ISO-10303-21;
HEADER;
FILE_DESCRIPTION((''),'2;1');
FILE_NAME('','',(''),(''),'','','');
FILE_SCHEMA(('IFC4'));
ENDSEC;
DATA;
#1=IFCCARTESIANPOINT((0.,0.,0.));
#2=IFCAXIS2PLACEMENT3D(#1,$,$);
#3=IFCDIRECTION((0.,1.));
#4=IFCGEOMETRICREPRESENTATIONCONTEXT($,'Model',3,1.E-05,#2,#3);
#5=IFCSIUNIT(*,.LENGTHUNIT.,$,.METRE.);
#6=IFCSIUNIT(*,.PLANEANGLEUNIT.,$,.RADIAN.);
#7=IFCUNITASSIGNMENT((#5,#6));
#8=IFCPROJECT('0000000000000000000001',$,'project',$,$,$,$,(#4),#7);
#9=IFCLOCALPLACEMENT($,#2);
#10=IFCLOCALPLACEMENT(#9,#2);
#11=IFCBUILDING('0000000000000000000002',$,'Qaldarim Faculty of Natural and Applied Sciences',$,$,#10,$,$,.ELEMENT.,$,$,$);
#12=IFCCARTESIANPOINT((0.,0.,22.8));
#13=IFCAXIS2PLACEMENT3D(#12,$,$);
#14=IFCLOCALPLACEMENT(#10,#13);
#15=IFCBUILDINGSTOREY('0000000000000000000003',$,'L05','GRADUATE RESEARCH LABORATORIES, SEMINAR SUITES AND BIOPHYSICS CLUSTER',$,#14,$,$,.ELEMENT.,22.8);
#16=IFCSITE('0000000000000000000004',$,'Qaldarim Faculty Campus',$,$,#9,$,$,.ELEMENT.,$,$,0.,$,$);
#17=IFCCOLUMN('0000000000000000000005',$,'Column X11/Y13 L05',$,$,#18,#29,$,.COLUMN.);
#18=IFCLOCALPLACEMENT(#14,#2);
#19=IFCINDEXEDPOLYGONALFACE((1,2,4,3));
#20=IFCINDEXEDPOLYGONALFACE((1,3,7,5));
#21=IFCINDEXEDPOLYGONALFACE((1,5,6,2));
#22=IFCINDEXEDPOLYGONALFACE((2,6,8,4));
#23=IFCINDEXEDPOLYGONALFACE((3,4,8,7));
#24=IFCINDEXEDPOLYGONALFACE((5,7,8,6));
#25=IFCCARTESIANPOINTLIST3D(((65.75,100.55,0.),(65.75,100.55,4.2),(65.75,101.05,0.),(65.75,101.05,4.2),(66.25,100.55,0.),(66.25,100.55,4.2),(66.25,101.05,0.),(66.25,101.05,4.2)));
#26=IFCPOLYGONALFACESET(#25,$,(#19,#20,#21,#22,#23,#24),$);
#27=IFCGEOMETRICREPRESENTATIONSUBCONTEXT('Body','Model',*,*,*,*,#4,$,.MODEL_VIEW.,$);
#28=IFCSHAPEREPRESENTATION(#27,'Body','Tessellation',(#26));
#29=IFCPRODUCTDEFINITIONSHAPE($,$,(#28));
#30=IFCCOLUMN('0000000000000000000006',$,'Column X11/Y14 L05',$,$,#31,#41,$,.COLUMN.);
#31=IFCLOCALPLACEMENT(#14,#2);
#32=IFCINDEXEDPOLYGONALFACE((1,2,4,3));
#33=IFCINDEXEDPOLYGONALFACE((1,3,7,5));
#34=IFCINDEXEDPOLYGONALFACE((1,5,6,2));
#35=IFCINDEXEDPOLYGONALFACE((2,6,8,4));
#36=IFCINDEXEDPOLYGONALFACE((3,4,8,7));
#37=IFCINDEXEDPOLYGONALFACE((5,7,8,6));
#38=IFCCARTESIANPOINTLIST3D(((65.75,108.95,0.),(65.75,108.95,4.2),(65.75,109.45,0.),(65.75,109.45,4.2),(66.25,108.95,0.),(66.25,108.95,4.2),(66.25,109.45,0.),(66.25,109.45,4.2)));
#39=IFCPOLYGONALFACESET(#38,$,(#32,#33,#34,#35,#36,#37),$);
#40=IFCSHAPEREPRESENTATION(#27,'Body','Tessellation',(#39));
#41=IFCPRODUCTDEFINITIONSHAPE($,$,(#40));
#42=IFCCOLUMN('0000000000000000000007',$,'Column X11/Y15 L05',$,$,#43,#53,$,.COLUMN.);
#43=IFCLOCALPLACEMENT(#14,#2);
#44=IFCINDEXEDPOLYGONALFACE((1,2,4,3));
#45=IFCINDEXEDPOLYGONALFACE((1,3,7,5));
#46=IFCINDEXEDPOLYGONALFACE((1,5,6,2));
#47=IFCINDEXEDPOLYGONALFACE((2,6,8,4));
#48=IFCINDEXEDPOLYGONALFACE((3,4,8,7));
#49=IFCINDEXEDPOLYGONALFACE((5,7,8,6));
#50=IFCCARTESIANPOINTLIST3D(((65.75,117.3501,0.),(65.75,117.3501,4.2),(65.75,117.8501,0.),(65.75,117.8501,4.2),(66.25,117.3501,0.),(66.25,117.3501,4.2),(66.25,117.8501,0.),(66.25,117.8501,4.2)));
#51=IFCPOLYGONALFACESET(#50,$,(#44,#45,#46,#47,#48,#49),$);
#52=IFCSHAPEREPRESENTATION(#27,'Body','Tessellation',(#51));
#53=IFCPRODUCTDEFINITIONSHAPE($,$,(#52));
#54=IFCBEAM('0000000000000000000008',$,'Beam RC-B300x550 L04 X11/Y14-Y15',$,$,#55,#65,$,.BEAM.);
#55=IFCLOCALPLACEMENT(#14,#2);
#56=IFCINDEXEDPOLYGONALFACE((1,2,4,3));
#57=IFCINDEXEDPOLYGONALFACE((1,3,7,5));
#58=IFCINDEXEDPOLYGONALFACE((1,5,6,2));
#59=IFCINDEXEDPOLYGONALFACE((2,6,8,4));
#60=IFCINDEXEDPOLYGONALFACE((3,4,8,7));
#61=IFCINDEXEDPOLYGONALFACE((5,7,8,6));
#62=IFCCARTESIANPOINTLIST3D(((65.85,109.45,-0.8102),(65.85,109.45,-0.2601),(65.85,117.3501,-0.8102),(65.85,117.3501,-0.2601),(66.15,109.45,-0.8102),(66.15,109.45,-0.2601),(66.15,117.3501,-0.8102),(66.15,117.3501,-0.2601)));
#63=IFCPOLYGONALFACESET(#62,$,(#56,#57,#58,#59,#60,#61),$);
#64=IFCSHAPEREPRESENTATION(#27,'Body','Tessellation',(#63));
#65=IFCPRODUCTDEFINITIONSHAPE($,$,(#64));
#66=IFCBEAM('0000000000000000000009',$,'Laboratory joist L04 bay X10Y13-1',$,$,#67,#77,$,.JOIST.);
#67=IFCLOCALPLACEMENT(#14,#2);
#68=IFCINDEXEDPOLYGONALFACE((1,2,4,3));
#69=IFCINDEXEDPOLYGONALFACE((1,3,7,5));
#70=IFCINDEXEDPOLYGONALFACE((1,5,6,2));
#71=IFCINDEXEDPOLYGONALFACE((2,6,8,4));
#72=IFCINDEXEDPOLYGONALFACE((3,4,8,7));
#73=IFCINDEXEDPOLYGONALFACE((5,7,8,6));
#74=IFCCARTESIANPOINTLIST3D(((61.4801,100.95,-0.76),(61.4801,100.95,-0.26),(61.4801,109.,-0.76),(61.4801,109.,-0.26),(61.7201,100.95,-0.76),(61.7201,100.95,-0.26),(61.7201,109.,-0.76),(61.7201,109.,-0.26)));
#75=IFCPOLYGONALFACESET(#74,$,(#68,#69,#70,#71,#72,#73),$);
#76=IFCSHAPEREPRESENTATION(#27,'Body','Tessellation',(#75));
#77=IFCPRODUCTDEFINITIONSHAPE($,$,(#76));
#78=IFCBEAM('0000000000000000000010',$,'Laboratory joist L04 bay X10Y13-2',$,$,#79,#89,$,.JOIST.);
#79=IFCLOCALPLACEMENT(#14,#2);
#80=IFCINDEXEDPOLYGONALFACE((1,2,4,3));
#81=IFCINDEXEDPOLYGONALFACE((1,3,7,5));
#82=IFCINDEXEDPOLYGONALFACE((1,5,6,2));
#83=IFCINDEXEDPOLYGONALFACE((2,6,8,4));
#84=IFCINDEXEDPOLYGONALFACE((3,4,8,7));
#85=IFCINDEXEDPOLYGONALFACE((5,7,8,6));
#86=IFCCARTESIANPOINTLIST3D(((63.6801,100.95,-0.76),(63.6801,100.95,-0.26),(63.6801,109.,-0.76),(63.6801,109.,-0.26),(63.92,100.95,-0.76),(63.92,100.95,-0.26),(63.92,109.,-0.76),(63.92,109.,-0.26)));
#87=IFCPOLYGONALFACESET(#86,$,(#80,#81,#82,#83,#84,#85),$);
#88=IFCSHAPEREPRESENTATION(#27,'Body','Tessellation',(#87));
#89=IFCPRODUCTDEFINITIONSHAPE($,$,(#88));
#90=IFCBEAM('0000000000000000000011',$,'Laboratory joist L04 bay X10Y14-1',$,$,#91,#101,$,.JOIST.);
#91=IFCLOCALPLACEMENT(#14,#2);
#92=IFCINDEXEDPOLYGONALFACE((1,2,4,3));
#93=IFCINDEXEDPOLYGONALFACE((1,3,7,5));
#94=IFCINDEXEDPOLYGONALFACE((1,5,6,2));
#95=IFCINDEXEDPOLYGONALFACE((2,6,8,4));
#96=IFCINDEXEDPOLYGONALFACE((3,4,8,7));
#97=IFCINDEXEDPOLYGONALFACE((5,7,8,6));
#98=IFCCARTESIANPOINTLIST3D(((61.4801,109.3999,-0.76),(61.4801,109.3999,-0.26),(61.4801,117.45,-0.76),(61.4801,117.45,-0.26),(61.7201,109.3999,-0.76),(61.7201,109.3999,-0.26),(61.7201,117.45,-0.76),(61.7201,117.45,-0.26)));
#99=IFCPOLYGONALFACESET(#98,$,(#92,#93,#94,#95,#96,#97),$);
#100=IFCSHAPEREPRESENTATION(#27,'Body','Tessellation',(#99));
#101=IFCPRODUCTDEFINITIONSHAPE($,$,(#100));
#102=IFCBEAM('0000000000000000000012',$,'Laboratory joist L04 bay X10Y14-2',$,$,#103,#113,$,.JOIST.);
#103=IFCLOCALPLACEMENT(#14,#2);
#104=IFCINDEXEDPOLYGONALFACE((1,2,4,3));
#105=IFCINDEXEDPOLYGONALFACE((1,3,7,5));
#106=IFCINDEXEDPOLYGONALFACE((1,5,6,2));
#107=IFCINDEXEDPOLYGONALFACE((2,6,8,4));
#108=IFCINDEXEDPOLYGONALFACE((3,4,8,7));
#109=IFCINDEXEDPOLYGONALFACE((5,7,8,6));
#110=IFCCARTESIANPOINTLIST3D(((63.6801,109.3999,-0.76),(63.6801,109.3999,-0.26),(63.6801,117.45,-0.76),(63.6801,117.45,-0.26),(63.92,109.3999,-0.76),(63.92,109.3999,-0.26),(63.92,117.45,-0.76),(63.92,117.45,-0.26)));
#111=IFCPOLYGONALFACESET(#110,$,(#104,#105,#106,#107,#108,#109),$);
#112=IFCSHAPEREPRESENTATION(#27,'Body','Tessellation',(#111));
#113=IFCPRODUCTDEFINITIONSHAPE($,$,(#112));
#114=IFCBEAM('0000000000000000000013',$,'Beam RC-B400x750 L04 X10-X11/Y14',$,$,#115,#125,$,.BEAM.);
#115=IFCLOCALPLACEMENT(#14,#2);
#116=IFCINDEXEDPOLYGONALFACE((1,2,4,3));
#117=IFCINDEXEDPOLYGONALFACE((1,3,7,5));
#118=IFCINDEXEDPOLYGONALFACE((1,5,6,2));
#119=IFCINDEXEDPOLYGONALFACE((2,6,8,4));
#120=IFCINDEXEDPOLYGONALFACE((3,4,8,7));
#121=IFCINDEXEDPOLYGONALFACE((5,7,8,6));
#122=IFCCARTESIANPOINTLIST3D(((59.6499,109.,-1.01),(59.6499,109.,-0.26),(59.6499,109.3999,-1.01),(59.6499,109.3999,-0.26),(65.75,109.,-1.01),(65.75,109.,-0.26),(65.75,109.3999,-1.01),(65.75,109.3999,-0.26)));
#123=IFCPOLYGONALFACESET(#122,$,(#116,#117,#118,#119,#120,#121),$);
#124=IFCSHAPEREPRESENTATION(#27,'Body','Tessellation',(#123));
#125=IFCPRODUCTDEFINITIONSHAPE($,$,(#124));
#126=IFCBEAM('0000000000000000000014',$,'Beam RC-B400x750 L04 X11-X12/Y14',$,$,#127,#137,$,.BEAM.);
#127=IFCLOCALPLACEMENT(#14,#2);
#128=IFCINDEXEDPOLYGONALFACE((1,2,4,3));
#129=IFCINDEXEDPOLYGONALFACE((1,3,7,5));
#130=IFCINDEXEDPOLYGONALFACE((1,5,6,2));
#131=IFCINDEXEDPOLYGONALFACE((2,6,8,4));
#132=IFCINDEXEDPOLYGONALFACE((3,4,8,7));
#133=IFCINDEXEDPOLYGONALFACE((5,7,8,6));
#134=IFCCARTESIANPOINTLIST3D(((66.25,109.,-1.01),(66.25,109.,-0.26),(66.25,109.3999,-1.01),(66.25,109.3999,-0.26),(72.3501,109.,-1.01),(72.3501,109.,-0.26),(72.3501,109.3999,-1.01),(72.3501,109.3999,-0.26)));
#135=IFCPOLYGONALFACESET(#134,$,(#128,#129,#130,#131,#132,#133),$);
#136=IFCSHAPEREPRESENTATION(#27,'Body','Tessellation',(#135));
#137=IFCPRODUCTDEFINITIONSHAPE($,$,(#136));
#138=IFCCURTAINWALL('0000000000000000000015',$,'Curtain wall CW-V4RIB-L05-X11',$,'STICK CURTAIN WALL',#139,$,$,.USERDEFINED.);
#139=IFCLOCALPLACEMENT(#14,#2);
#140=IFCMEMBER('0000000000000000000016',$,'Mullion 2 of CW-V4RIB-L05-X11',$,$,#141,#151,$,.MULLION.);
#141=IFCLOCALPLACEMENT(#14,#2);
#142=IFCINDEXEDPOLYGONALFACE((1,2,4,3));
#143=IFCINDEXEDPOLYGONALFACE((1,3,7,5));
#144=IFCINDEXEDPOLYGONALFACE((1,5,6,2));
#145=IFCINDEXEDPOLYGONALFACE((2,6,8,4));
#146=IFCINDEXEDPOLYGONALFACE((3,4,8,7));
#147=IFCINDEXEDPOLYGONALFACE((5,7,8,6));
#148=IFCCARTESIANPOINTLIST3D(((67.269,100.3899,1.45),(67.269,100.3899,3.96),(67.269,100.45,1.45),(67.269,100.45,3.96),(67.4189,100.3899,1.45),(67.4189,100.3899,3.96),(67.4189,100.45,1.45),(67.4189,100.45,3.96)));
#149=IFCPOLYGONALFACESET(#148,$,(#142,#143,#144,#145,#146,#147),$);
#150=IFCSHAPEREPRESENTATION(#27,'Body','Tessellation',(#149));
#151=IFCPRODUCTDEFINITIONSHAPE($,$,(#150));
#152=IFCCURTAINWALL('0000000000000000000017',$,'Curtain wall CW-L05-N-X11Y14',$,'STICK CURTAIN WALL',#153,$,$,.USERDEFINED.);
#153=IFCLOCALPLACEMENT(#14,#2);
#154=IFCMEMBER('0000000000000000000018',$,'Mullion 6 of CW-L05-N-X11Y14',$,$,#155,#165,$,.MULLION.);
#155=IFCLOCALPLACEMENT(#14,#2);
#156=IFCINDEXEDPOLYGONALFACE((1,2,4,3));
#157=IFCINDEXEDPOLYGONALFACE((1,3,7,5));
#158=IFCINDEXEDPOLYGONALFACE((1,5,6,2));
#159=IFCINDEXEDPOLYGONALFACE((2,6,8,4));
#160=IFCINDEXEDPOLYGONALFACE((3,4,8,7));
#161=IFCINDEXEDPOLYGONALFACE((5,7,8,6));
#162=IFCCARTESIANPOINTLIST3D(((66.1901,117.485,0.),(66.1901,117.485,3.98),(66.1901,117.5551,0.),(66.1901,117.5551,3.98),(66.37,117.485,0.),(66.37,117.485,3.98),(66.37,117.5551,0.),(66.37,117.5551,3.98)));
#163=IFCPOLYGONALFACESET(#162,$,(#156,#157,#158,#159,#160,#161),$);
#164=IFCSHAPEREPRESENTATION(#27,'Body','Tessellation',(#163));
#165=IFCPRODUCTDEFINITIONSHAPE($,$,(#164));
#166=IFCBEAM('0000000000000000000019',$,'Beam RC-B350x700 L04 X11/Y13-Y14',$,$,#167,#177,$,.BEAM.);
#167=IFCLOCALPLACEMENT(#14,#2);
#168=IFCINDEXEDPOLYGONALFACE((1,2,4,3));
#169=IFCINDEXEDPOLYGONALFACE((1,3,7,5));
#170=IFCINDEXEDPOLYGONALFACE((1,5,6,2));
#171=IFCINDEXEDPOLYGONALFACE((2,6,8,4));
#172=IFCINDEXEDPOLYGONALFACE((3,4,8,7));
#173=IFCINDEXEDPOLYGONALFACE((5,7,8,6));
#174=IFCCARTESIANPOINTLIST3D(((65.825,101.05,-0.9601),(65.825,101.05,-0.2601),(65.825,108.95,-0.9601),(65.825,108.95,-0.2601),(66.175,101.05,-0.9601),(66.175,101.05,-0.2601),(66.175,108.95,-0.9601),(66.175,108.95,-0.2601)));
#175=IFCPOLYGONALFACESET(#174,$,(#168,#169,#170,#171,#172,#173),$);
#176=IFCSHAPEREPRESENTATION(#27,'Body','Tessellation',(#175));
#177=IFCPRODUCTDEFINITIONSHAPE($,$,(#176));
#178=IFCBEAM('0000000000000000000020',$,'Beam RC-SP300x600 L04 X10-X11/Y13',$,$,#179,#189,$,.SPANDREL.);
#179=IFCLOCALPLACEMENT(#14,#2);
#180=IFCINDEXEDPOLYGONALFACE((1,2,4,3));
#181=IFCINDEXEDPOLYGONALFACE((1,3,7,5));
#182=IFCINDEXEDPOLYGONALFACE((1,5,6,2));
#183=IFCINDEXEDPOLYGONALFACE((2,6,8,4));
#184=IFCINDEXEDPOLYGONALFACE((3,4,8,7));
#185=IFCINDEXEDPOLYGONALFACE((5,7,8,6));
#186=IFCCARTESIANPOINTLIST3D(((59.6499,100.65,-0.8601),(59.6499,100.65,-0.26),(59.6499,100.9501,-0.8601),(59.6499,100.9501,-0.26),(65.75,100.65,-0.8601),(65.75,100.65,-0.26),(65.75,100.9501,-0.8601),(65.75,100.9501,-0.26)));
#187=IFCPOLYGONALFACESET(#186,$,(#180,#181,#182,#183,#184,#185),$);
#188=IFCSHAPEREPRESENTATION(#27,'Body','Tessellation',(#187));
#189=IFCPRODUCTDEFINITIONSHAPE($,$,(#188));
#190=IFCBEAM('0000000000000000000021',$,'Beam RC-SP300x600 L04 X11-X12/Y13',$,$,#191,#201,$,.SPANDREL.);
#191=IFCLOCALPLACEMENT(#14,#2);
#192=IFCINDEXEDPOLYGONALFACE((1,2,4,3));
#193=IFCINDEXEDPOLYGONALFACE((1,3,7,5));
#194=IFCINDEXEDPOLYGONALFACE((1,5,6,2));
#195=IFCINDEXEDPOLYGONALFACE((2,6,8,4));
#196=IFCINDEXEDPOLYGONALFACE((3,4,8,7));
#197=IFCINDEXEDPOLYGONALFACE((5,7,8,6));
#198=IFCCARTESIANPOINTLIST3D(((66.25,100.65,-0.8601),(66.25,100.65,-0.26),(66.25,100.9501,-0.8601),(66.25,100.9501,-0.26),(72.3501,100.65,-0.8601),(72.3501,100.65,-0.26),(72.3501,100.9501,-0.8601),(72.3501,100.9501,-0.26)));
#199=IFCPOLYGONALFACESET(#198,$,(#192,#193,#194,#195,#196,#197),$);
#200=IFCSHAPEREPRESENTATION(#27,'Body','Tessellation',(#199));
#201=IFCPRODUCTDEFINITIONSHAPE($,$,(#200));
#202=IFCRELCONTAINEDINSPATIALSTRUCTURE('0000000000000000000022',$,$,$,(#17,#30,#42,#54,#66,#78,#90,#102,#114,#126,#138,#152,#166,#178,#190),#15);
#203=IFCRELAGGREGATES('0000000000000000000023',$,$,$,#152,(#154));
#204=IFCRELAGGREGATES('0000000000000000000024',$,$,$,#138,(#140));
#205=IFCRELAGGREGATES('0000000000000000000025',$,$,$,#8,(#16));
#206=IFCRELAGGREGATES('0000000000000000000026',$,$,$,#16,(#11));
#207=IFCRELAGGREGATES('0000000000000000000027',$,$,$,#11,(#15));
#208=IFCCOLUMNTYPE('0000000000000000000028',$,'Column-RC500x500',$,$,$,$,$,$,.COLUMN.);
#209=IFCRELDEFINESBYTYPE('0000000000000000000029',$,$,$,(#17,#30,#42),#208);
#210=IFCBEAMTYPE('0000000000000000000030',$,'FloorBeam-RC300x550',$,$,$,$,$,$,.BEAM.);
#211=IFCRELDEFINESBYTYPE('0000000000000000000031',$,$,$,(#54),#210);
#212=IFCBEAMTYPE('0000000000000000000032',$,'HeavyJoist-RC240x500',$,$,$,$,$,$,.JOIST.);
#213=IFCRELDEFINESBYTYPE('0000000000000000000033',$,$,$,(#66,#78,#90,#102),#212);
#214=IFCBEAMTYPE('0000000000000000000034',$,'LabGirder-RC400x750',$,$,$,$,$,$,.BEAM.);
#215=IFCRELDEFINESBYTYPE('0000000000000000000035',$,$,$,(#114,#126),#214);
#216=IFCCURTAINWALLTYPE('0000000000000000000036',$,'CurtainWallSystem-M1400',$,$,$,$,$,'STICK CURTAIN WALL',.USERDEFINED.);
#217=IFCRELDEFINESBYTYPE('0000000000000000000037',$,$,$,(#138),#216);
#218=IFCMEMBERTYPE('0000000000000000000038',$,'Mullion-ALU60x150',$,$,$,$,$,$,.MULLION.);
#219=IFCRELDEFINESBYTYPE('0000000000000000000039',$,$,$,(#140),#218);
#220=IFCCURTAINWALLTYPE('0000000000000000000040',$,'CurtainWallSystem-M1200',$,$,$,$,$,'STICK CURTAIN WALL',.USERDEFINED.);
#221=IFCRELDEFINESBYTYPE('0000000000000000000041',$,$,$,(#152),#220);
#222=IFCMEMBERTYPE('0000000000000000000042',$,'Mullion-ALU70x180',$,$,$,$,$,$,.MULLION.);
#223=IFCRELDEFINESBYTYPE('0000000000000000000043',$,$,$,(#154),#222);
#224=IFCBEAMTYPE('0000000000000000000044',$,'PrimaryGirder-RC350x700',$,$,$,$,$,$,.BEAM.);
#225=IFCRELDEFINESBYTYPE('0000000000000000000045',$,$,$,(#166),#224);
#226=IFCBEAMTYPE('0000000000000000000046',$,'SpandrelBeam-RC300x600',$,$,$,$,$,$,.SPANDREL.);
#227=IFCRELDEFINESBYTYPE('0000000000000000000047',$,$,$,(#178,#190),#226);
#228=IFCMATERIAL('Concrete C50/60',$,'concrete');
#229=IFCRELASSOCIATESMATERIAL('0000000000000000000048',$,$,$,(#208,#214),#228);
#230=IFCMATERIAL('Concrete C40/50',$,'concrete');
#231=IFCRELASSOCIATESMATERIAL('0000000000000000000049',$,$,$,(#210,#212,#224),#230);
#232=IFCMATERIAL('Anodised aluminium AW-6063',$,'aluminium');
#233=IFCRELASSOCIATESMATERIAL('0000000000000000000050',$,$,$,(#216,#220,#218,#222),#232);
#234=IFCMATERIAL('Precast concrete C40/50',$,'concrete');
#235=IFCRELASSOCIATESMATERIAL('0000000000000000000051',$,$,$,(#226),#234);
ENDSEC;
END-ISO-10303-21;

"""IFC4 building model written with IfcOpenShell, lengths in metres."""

from ifc_helpers import new_model, si_unit, direction, frame, origin, origin_2d, place, context, subcontext, project, spatial, rectangle, extrude, material, material_profile, profile_set, type_object, element, aggregate, save


model = new_model("IFC4")

# Units and contexts
model_context = context("Model", 3, precision=1e-05, world=origin(), true_north=direction((0.0, 1.0)))
body_context = subcontext(model_context, "Body", "Model", "MODEL_VIEW")
ifc_project = project(units=[si_unit("LENGTHUNIT", "METRE"), si_unit("PLANEANGLEUNIT", "RADIAN")], contexts=[model_context])

# Site, building, storey
site_placement = place(None, origin())
site = spatial("IfcSite", under=ifc_project, at=site_placement, Name="Qaldarim Faculty Campus", CompositionType="ELEMENT", RefElevation=0.0)
building_placement = place(site_placement, origin())
building = spatial("IfcBuilding", under=site, at=building_placement, Name="Qaldarim Faculty of Natural and Applied Sciences", CompositionType="ELEMENT")
storey_placement = place(building_placement, frame((0.0, 0.0, 22.8)))
storey = spatial("IfcBuildingStorey", under=building, at=storey_placement, Name="L05", Description="GRADUATE RESEARCH LABORATORIES, SEMINAR SUITES AND BIOPHYSICS CLUSTER", CompositionType="ELEMENT", Elevation=22.8)

# Columns
ifc_material_1 = material(Name="Concrete C50/60", Category="concrete")
ifc_material_profile_1 = material_profile(ifc_material_1, rectangle(XDim=0.5, YDim=0.5, at=origin_2d()), Name="RC-C500x500")
ifc_profile_set_1 = profile_set([ifc_material_profile_1], Name="Concrete C50/60")
column_type = type_object("IfcColumnType", Name="Column-RC500x500", PredefinedType="COLUMN", material=ifc_profile_set_1)
for number, where, z_axis, x_axis, name in (
    (1, (66.0, 100.8, 0.0), (0.0, 0.0, 1.0), (1.0, 0.0, 0.0), "Column X11/Y13 L05"),
    (2, (66.0, 109.2, 0.0), (0.0, 0.0, 1.0), (1.0, 0.0, 0.0), "Column X11/Y14 L05"),
    (3, (66.0, 117.6001, 0.0), (0.0, 0.0, 1.0), (1.0, 0.0, 0.0), "Column X11/Y15 L05"),
):
    element("IfcColumn", number, at=place(storey_placement, frame(where, z_axis=z_axis, x_axis=x_axis)), inside=storey, type_object=column_type, Name=name, PredefinedType="COLUMN", context=body_context, shape_type="SweptSolid", body=[
        extrude(rectangle(XDim=0.5, YDim=0.5, at=origin_2d()), origin(), (0.0, 0.0, 1.0), 4.2),
    ])

# Beams
ifc_material_2 = material(Name="Concrete C40/50", Category="concrete")
ifc_material_profile_2 = material_profile(ifc_material_2, rectangle(XDim=0.3, YDim=0.55, at=origin_2d()), Name="RC-B300x550")
ifc_profile_set_2 = profile_set([ifc_material_profile_2], Name="Concrete C40/50")
beam_type_1 = type_object("IfcBeamType", Name="FloorBeam-RC300x550", PredefinedType="BEAM", material=ifc_profile_set_2)
beam_1_placement = place(storey_placement, frame((66.0, 109.45, -0.5352), z_axis=(0.0, 1.0, 0.0), x_axis=(-1.0, 0.0, 0.0)))
element("IfcBeam", 4, at=beam_1_placement, inside=storey, type_object=beam_type_1, Name="Beam RC-B300x550 L04 X11/Y14-Y15", PredefinedType="BEAM", context=body_context, shape_type="SweptSolid", body=[
    extrude(rectangle(XDim=0.3, YDim=0.55, at=origin_2d()), origin(), (0.0, 0.0, 1.0), 7.9001),
])
ifc_material_profile_3 = material_profile(ifc_material_2, rectangle(XDim=0.24, YDim=0.5, at=origin_2d()), Name="RC-J240x500")
ifc_profile_set_3 = profile_set([ifc_material_profile_3], Name="Concrete C40/50")
beam_type_2 = type_object("IfcBeamType", Name="HeavyJoist-RC240x500", PredefinedType="JOIST", material=ifc_profile_set_3)
for number, where, z_axis, x_axis, name in (
    (5, (61.6001, 100.95, -0.51), (0.0, 1.0, 0.0), (-1.0, 0.0, 0.0), "Laboratory joist L04 bay X10Y13-1"),
    (6, (63.8, 100.95, -0.51), (0.0, 1.0, 0.0), (-1.0, 0.0, 0.0), "Laboratory joist L04 bay X10Y13-2"),
    (7, (61.6001, 109.3999, -0.51), (0.0, 1.0, 0.0), (-1.0, 0.0, 0.0), "Laboratory joist L04 bay X10Y14-1"),
    (8, (63.8, 109.3999, -0.51), (0.0, 1.0, 0.0), (-1.0, 0.0, 0.0), "Laboratory joist L04 bay X10Y14-2"),
):
    element("IfcBeam", number, at=place(storey_placement, frame(where, z_axis=z_axis, x_axis=x_axis)), inside=storey, type_object=beam_type_2, Name=name, PredefinedType="JOIST", context=body_context, shape_type="SweptSolid", body=[
        extrude(rectangle(XDim=0.24, YDim=0.5, at=origin_2d()), origin(), (0.0, 0.0, 1.0), 8.05),
    ])
ifc_material_profile_4 = material_profile(ifc_material_1, rectangle(XDim=0.3999, YDim=0.75, at=origin_2d()), Name="RC-B400x750")
ifc_profile_set_4 = profile_set([ifc_material_profile_4], Name="Concrete C50/60")
beam_type_3 = type_object("IfcBeamType", Name="LabGirder-RC400x750", PredefinedType="BEAM", material=ifc_profile_set_4)
for number, where, z_axis, x_axis, name in (
    (9, (59.6499, 109.2, -0.635), (1.0, 0.0, 0.0), (0.0, 1.0, 0.0), "Beam RC-B400x750 L04 X10-X11/Y14"),
    (10, (66.25, 109.2, -0.635), (1.0, 0.0, 0.0), (0.0, 1.0, 0.0), "Beam RC-B400x750 L04 X11-X12/Y14"),
):
    element("IfcBeam", number, at=place(storey_placement, frame(where, z_axis=z_axis, x_axis=x_axis)), inside=storey, type_object=beam_type_3, Name=name, PredefinedType="BEAM", context=body_context, shape_type="SweptSolid", body=[
        extrude(rectangle(XDim=0.3999, YDim=0.75, at=origin_2d()), origin(), (0.0, 0.0, 1.0), 6.1001),
    ])

# Curtain walls, members
ifc_material_3 = material(Name="Anodised aluminium AW-6063", Category="aluminium")
curtain_wall_type_1 = type_object("IfcCurtainWallType", Name="CurtainWallSystem-M1400", ElementType="STICK CURTAIN WALL", PredefinedType="USERDEFINED", material=ifc_material_3)
curtain_wall_1_placement = place(storey_placement, origin())
curtain_wall_1 = element("IfcCurtainWall", 11, at=curtain_wall_1_placement, inside=storey, type_object=curtain_wall_type_1, Name="Curtain wall CW-V4RIB-L05-X11", ObjectType="STICK CURTAIN WALL", PredefinedType="USERDEFINED")
ifc_material_profile_5 = material_profile(ifc_material_3, rectangle(XDim=0.0601, YDim=0.1499, at=origin_2d()), Name="ALU-M60x150")
ifc_profile_set_5 = profile_set([ifc_material_profile_5], Name="Anodised aluminium AW-6063")
member_type_1 = type_object("IfcMemberType", Name="Mullion-ALU60x150", PredefinedType="MULLION", material=ifc_profile_set_5)
member_1_placement = place(storey_placement, frame((67.344, 100.4199, 1.45), z_axis=(0.0, 0.0, 1.0), x_axis=(0.0, 1.0, 0.0)))
member_1 = element("IfcMember", 12, at=member_1_placement, type_object=member_type_1, Name="Mullion 2 of CW-V4RIB-L05-X11", PredefinedType="MULLION", context=body_context, shape_type="SweptSolid", body=[
    extrude(rectangle(XDim=0.0601, YDim=0.1499, at=origin_2d()), origin(), (0.0, 0.0, 1.0), 2.51),
])
curtain_wall_type_2 = type_object("IfcCurtainWallType", Name="CurtainWallSystem-M1200", ElementType="STICK CURTAIN WALL", PredefinedType="USERDEFINED", material=ifc_material_3)
curtain_wall_2_placement = place(storey_placement, origin())
curtain_wall_2 = element("IfcCurtainWall", 13, at=curtain_wall_2_placement, inside=storey, type_object=curtain_wall_type_2, Name="Curtain wall CW-L05-N-X11Y14", ObjectType="STICK CURTAIN WALL", PredefinedType="USERDEFINED")
ifc_material_profile_6 = material_profile(ifc_material_3, rectangle(XDim=0.0701, YDim=0.1799, at=origin_2d()), Name="ALU-M70x180")
ifc_profile_set_6 = profile_set([ifc_material_profile_6], Name="Anodised aluminium AW-6063")
member_type_2 = type_object("IfcMemberType", Name="Mullion-ALU70x180", PredefinedType="MULLION", material=ifc_profile_set_6)
member_2_placement = place(storey_placement, frame((66.28, 117.52, 0.0), z_axis=(0.0, 0.0, 1.0), x_axis=(0.0, -1.0, 0.0)))
member_2 = element("IfcMember", 14, at=member_2_placement, type_object=member_type_2, Name="Mullion 6 of CW-L05-N-X11Y14", PredefinedType="MULLION", context=body_context, shape_type="SweptSolid", body=[
    extrude(rectangle(XDim=0.0701, YDim=0.1799, at=origin_2d()), origin(), (0.0, 0.0, 1.0), 3.98),
])

# Beams
ifc_material_profile_7 = material_profile(ifc_material_2, rectangle(XDim=0.3501, YDim=0.7, at=origin_2d()), Name="RC-B350x700")
ifc_profile_set_7 = profile_set([ifc_material_profile_7], Name="Concrete C40/50")
beam_type_4 = type_object("IfcBeamType", Name="PrimaryGirder-RC350x700", PredefinedType="BEAM", material=ifc_profile_set_7)
beam_2_placement = place(storey_placement, frame((66.0, 101.05, -0.6101), z_axis=(0.0, 1.0, 0.0), x_axis=(-1.0, 0.0, 0.0)))
element("IfcBeam", 15, at=beam_2_placement, inside=storey, type_object=beam_type_4, Name="Beam RC-B350x700 L04 X11/Y13-Y14", PredefinedType="BEAM", context=body_context, shape_type="SweptSolid", body=[
    extrude(rectangle(XDim=0.3501, YDim=0.7, at=origin_2d()), origin(), (0.0, 0.0, 1.0), 7.8999),
])
ifc_material_4 = material(Name="Precast concrete C40/50", Category="concrete")
ifc_material_profile_8 = material_profile(ifc_material_4, rectangle(XDim=0.3, YDim=0.6001, at=origin_2d()), Name="RC-SP300x600")
ifc_profile_set_8 = profile_set([ifc_material_profile_8], Name="Precast concrete C40/50")
beam_type_5 = type_object("IfcBeamType", Name="SpandrelBeam-RC300x600", PredefinedType="SPANDREL", material=ifc_profile_set_8)
for number, where, z_axis, x_axis, name in (
    (16, (59.6499, 100.8, -0.5601), (1.0, 0.0, 0.0), (0.0, 1.0, 0.0), "Beam RC-SP300x600 L04 X10-X11/Y13"),
    (17, (66.25, 100.8, -0.5601), (1.0, 0.0, 0.0), (0.0, 1.0, 0.0), "Beam RC-SP300x600 L04 X11-X12/Y13"),
):
    element("IfcBeam", number, at=place(storey_placement, frame(where, z_axis=z_axis, x_axis=x_axis)), inside=storey, type_object=beam_type_5, Name=name, PredefinedType="SPANDREL", context=body_context, shape_type="SweptSolid", body=[
        extrude(rectangle(XDim=0.3, YDim=0.6001, at=origin_2d()), origin(), (0.0, 0.0, 1.0), 6.1001),
    ])

aggregate(curtain_wall_2, [member_2])
aggregate(curtain_wall_1, [member_1])

save(model, "model.ifc")
